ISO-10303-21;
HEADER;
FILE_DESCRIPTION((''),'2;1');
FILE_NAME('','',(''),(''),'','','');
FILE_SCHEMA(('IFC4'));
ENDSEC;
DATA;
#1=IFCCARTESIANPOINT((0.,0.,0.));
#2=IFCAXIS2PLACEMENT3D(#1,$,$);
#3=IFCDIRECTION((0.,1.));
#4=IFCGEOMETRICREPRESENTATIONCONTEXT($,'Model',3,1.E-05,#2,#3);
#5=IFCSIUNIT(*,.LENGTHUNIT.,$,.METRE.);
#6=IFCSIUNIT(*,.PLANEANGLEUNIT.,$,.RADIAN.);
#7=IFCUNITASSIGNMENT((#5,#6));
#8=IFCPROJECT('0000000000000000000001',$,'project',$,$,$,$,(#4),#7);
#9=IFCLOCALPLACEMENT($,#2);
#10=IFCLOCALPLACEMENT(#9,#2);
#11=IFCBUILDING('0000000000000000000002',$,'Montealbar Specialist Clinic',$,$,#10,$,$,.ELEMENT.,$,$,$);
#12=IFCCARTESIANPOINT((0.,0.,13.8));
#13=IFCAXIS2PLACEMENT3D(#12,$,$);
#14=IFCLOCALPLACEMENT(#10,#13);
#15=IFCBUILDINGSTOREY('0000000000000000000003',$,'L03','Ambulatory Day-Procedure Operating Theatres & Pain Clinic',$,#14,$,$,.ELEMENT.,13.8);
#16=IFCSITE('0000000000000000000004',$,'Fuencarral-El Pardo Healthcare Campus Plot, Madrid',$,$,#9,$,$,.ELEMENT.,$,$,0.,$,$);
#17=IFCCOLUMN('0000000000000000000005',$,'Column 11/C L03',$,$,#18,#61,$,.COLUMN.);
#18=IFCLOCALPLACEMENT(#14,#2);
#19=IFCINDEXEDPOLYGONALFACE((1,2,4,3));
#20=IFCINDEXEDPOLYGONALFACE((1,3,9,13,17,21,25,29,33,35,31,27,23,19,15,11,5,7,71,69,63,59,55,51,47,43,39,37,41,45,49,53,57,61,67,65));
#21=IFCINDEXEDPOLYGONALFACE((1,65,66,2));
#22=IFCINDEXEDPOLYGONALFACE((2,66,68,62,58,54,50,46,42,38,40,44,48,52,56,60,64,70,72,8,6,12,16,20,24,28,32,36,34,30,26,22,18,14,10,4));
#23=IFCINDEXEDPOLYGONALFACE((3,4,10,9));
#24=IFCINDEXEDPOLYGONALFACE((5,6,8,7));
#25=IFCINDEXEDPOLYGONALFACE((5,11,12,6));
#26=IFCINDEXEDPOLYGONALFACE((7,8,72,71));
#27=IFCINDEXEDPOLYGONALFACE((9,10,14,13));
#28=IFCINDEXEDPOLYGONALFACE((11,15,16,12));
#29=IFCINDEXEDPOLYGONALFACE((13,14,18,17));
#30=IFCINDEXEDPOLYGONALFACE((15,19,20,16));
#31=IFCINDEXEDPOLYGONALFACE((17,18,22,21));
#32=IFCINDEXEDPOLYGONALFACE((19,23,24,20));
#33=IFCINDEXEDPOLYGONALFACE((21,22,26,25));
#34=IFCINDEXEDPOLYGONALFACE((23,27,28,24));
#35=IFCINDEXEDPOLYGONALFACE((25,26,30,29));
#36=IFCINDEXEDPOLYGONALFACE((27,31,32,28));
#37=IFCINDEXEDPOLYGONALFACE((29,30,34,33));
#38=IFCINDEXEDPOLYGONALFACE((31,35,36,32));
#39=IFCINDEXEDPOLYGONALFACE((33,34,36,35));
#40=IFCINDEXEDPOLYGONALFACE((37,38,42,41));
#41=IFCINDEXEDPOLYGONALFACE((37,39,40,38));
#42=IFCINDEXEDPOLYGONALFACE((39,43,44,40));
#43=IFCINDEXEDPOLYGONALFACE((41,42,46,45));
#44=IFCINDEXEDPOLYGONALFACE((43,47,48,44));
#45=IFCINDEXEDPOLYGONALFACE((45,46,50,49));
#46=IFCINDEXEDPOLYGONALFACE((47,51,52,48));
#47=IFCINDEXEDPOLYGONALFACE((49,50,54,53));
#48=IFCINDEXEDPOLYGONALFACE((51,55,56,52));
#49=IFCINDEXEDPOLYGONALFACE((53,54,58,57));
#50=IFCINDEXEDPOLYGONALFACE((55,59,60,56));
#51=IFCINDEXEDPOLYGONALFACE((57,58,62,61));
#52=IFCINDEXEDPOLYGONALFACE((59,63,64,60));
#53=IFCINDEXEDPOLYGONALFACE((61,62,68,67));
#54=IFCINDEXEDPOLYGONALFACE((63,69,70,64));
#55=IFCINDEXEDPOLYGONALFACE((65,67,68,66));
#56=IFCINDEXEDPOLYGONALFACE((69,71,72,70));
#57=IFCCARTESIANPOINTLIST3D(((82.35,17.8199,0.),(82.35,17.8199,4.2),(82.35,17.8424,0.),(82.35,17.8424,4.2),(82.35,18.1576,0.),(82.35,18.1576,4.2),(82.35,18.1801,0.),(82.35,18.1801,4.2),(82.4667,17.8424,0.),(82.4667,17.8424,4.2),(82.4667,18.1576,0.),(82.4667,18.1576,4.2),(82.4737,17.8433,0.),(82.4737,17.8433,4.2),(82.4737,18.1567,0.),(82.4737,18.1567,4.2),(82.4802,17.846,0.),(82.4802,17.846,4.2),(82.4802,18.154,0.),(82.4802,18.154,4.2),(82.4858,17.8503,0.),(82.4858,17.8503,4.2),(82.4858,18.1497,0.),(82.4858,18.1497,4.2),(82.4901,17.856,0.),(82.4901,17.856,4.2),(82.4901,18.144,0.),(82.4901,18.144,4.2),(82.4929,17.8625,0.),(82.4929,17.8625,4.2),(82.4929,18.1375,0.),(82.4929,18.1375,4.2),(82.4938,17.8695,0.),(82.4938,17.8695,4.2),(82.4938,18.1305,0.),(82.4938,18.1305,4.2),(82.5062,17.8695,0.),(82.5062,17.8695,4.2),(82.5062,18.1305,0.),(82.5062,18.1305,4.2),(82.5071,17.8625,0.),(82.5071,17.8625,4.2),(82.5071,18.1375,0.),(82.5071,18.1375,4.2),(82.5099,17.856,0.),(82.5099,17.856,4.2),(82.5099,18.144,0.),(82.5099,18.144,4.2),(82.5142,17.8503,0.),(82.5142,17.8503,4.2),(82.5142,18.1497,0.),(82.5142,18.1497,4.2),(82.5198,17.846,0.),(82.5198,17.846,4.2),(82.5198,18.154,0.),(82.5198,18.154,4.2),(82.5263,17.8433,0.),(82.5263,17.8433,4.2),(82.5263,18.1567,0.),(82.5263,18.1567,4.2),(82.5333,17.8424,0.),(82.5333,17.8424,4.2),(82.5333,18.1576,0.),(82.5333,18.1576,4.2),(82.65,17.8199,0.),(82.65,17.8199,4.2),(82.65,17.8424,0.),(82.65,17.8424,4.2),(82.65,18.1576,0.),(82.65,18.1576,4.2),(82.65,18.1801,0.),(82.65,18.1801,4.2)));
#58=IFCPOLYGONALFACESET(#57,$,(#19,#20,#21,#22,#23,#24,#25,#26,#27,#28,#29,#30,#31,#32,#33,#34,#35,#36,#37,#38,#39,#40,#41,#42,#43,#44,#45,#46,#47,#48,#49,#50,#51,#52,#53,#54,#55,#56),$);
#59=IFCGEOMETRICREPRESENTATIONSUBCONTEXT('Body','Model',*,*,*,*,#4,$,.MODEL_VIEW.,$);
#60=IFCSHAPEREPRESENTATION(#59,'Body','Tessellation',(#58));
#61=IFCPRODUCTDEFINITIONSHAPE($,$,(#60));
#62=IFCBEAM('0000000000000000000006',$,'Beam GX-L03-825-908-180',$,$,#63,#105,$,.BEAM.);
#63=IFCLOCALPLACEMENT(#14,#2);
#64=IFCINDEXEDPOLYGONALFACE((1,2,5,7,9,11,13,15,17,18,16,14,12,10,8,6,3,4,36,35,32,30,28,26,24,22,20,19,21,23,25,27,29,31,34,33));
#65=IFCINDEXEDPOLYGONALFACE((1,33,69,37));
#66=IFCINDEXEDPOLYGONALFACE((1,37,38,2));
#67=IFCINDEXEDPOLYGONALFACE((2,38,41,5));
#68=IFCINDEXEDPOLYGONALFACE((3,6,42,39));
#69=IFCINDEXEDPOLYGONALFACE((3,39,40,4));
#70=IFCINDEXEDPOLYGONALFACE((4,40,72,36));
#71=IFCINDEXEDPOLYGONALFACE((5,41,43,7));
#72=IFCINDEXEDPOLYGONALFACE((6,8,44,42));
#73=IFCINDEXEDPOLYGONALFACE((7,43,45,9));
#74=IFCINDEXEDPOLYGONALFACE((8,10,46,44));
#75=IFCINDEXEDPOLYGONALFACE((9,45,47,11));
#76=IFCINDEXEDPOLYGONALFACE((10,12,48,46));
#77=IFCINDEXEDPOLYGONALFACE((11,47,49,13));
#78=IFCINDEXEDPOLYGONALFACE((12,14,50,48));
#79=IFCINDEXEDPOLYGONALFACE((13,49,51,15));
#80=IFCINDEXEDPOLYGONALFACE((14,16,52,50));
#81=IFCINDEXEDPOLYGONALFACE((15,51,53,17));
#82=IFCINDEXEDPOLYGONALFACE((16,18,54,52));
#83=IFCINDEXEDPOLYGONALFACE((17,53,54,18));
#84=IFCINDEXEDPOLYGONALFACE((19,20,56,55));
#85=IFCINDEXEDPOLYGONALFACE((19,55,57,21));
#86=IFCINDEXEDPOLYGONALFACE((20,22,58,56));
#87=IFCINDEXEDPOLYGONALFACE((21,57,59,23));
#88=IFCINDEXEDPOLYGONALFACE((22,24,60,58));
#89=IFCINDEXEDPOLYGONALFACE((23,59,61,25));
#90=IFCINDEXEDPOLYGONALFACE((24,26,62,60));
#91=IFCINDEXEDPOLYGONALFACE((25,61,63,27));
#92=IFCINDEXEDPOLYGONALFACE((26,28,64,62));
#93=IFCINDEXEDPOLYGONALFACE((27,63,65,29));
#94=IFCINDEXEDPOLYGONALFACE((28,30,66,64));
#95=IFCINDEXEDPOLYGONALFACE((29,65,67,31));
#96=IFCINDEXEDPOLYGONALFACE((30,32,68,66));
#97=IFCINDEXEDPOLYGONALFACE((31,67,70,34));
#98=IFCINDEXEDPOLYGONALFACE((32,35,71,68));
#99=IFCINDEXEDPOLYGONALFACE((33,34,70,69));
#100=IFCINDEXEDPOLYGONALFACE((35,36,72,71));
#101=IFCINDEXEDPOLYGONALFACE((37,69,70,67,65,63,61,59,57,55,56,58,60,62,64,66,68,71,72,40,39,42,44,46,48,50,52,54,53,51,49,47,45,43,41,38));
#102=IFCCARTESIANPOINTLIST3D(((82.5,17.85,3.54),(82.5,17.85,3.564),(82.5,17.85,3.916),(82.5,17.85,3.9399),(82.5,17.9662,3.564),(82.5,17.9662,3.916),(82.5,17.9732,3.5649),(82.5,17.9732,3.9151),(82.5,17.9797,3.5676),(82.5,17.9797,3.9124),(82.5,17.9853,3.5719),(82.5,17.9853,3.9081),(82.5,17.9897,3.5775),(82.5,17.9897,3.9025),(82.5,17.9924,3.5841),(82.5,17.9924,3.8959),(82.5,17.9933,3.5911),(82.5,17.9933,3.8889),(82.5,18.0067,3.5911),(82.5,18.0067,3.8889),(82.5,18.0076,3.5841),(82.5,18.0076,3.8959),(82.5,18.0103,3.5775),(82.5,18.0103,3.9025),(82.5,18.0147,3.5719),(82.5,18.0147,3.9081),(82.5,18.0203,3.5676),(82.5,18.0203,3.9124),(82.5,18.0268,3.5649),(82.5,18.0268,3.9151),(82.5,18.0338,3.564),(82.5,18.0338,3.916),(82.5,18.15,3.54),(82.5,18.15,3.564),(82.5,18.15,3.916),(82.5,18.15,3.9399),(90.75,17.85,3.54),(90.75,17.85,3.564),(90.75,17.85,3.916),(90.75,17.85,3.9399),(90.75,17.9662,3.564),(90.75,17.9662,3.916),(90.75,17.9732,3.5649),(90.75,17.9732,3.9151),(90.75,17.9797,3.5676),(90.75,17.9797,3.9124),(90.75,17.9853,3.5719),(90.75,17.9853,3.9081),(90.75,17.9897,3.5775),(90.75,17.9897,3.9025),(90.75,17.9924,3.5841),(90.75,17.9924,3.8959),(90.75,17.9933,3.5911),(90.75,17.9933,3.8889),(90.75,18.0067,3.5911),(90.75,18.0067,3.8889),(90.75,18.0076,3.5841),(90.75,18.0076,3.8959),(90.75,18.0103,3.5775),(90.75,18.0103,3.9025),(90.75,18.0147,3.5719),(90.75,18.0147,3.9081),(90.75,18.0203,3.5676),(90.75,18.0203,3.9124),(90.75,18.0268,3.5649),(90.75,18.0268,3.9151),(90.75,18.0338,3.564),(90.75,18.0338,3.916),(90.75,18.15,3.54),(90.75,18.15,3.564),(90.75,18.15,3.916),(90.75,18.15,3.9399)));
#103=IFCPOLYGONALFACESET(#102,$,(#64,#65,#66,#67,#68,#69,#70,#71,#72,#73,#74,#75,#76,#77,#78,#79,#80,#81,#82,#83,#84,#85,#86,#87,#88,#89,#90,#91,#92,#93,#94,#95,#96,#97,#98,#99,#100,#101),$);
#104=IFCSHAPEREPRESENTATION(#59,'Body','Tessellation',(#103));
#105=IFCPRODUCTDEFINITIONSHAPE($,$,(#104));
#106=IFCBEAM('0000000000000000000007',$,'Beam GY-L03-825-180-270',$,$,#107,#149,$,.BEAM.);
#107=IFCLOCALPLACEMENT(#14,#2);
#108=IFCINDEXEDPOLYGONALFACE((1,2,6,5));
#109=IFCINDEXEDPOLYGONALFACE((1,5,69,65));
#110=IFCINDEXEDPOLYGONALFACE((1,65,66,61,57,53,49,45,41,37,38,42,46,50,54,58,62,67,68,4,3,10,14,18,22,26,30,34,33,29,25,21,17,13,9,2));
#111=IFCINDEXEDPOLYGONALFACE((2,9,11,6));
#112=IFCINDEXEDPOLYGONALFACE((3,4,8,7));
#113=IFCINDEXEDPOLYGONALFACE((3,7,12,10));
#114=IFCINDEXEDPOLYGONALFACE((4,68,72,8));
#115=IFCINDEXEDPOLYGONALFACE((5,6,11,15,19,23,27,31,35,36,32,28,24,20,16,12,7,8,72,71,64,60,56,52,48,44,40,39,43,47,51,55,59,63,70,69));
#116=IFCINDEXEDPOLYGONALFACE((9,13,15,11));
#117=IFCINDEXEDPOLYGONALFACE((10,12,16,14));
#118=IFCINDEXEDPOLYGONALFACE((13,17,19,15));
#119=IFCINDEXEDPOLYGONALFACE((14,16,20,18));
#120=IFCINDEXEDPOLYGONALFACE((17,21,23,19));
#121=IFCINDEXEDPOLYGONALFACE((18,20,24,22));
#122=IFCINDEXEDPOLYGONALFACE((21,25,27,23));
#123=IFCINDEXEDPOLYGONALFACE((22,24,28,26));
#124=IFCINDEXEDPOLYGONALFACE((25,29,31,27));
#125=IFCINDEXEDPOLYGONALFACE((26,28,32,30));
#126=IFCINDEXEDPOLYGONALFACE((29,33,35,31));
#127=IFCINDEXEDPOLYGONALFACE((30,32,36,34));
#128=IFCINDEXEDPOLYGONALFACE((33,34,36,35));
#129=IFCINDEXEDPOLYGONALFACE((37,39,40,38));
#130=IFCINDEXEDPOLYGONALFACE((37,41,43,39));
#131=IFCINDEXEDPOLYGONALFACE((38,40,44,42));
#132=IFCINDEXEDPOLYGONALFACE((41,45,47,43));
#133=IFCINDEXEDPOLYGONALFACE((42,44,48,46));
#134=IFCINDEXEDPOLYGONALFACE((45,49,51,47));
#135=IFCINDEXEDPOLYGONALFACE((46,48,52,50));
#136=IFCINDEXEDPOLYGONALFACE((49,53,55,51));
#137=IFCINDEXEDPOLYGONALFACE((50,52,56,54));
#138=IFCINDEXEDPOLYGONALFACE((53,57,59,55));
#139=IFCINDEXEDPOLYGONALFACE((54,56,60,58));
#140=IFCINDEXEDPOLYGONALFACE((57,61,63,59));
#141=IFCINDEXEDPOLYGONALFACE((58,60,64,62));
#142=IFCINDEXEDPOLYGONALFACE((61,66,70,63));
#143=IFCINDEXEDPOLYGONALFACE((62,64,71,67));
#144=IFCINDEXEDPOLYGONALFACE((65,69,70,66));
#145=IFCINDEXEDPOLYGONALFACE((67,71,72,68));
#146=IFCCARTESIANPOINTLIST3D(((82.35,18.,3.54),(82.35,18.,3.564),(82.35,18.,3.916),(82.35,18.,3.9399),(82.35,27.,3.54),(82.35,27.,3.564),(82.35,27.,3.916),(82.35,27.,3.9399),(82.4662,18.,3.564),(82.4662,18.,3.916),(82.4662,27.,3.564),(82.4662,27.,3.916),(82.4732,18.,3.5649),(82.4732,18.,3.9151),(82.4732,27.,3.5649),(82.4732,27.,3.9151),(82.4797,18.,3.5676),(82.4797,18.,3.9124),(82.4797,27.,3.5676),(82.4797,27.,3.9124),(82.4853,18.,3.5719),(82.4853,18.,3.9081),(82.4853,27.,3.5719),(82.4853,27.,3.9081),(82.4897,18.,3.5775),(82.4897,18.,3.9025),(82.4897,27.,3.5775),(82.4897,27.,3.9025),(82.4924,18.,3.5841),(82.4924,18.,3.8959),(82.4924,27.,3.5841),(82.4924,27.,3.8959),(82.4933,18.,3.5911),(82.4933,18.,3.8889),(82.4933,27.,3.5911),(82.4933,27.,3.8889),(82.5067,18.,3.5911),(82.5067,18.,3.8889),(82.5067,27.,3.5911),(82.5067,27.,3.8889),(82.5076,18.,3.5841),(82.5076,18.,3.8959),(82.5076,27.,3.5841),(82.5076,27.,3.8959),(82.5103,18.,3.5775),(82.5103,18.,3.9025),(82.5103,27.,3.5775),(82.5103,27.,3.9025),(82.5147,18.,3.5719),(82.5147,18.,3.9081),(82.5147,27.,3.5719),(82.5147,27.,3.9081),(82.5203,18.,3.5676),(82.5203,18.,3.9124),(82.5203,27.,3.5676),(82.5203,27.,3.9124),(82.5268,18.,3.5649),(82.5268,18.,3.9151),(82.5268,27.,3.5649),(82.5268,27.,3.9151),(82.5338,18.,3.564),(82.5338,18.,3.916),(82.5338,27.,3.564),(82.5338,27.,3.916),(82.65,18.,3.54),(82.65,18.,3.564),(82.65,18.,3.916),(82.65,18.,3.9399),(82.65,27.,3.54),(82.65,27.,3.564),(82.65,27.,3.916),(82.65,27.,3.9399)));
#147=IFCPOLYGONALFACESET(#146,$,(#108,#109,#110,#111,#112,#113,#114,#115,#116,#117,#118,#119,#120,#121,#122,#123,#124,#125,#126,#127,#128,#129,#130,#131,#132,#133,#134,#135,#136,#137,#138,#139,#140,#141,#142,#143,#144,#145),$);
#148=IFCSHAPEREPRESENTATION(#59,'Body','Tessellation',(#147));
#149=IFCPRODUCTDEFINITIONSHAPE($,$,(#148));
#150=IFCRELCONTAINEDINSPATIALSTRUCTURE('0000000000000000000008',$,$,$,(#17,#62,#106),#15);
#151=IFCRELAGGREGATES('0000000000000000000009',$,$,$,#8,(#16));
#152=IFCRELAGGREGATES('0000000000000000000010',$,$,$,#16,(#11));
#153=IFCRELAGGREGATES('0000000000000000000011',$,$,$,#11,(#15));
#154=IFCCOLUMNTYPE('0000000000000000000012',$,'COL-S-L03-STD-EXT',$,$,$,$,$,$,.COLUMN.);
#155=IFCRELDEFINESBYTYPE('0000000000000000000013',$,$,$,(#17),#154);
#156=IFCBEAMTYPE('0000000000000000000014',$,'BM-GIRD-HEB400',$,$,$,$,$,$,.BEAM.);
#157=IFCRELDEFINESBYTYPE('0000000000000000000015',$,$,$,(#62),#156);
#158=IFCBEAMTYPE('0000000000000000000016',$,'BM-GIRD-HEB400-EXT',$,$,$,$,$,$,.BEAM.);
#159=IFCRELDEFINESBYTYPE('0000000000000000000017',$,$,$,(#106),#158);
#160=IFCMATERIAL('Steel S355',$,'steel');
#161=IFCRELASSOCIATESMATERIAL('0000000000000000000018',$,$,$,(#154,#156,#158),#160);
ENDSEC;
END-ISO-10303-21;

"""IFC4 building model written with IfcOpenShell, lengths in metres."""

from ifc_helpers import new_model, si_unit, direction, frame, origin, origin_2d, place, context, subcontext, project, spatial, i_section, extrude, material, material_profile, profile_set, type_object, element, save


model = new_model("IFC4")

# Units and contexts
model_context = context("Model", 3, precision=1e-05, world=origin(), true_north=direction((0.0, 1.0)))
body_context = subcontext(model_context, "Body", "Model", "MODEL_VIEW")
ifc_project = project(units=[si_unit("LENGTHUNIT", "METRE"), si_unit("PLANEANGLEUNIT", "RADIAN")], contexts=[model_context])

# Site, building, storey
site_placement = place(None, origin())
site = spatial("IfcSite", under=ifc_project, at=site_placement, Name="Fuencarral-El Pardo Healthcare Campus Plot, Madrid", CompositionType="ELEMENT", RefElevation=0.0)
building_placement = place(site_placement, origin())
building = spatial("IfcBuilding", under=site, at=building_placement, Name="Montealbar Specialist Clinic", CompositionType="ELEMENT")
storey_placement = place(building_placement, frame((0.0, 0.0, 13.8)))
storey = spatial("IfcBuildingStorey", under=building, at=storey_placement, Name="L03", Description="Ambulatory Day-Procedure Operating Theatres & Pain Clinic", CompositionType="ELEMENT", Elevation=13.8)

# Column
ifc_material_1 = material(Name="Steel S355", Category="steel")
ifc_material_profile_1 = material_profile(ifc_material_1, i_section(OverallWidth=0.3, OverallDepth=0.3601, WebThickness=0.0125, FlangeThickness=0.0225, FilletRadius=0.0271, at=origin_2d()), Name="HEB 360", Category="steel")
ifc_profile_set_1 = profile_set([ifc_material_profile_1], Name="Steel S355")
column_type = type_object("IfcColumnType", Name="COL-S-L03-STD-EXT", PredefinedType="COLUMN", material=ifc_profile_set_1)
column_placement = place(storey_placement, frame((82.5, 18.0, 0.0), z_axis=(0.0, 0.0, 1.0), x_axis=(1.0, 0.0, 0.0)))
element("IfcColumn", 1, at=column_placement, inside=storey, type_object=column_type, Name="Column 11/C L03", PredefinedType="COLUMN", context=body_context, shape_type="SweptSolid", body=[
    extrude(i_section(OverallWidth=0.3, OverallDepth=0.3601, WebThickness=0.0125, FlangeThickness=0.0225, FilletRadius=0.0271, at=origin_2d()), origin(), (0.0, 0.0, 1.0), 4.2),
])

# Beams
ifc_material_profile_2 = material_profile(ifc_material_1, i_section(OverallWidth=0.3, OverallDepth=0.3999, WebThickness=0.0134, FlangeThickness=0.0239, FilletRadius=0.0271, at=origin_2d()), Name="HEB 400", Category="steel")
ifc_profile_set_2 = profile_set([ifc_material_profile_2], Name="Steel S355")
beam_type_1 = type_object("IfcBeamType", Name="BM-GIRD-HEB400", PredefinedType="BEAM", material=ifc_profile_set_2)
beam_1_placement = place(storey_placement, frame((82.5, 18.0, 3.74), z_axis=(1.0, 0.0, 0.0), x_axis=(0.0, 1.0, 0.0)))
element("IfcBeam", 2, at=beam_1_placement, inside=storey, type_object=beam_type_1, Name="Beam GX-L03-825-908-180", PredefinedType="BEAM", context=body_context, shape_type="SweptSolid", body=[
    extrude(i_section(OverallWidth=0.3, OverallDepth=0.3999, WebThickness=0.0134, FlangeThickness=0.0239, FilletRadius=0.0271, at=origin_2d()), origin(), (0.0, 0.0, 1.0), 8.25),
])
ifc_material_profile_3 = material_profile(ifc_material_1, i_section(OverallWidth=0.3, OverallDepth=0.3999, WebThickness=0.0134, FlangeThickness=0.0239, FilletRadius=0.0271, at=origin_2d()), Name="HEB 400", Category="steel")
ifc_profile_set_3 = profile_set([ifc_material_profile_3], Name="Steel S355")
beam_type_2 = type_object("IfcBeamType", Name="BM-GIRD-HEB400-EXT", PredefinedType="BEAM", material=ifc_profile_set_3)
beam_2_placement = place(storey_placement, frame((82.5, 18.0, 3.74), z_axis=(0.0, 1.0, 0.0), x_axis=(-1.0, 0.0, 0.0)))
element("IfcBeam", 3, at=beam_2_placement, inside=storey, type_object=beam_type_2, Name="Beam GY-L03-825-180-270", PredefinedType="BEAM", context=body_context, shape_type="SweptSolid", body=[
    extrude(i_section(OverallWidth=0.3, OverallDepth=0.3999, WebThickness=0.0134, FlangeThickness=0.0239, FilletRadius=0.0271, at=origin_2d()), origin(), (0.0, 0.0, 1.0), 9.0),
])

save(model, "model.ifc")
